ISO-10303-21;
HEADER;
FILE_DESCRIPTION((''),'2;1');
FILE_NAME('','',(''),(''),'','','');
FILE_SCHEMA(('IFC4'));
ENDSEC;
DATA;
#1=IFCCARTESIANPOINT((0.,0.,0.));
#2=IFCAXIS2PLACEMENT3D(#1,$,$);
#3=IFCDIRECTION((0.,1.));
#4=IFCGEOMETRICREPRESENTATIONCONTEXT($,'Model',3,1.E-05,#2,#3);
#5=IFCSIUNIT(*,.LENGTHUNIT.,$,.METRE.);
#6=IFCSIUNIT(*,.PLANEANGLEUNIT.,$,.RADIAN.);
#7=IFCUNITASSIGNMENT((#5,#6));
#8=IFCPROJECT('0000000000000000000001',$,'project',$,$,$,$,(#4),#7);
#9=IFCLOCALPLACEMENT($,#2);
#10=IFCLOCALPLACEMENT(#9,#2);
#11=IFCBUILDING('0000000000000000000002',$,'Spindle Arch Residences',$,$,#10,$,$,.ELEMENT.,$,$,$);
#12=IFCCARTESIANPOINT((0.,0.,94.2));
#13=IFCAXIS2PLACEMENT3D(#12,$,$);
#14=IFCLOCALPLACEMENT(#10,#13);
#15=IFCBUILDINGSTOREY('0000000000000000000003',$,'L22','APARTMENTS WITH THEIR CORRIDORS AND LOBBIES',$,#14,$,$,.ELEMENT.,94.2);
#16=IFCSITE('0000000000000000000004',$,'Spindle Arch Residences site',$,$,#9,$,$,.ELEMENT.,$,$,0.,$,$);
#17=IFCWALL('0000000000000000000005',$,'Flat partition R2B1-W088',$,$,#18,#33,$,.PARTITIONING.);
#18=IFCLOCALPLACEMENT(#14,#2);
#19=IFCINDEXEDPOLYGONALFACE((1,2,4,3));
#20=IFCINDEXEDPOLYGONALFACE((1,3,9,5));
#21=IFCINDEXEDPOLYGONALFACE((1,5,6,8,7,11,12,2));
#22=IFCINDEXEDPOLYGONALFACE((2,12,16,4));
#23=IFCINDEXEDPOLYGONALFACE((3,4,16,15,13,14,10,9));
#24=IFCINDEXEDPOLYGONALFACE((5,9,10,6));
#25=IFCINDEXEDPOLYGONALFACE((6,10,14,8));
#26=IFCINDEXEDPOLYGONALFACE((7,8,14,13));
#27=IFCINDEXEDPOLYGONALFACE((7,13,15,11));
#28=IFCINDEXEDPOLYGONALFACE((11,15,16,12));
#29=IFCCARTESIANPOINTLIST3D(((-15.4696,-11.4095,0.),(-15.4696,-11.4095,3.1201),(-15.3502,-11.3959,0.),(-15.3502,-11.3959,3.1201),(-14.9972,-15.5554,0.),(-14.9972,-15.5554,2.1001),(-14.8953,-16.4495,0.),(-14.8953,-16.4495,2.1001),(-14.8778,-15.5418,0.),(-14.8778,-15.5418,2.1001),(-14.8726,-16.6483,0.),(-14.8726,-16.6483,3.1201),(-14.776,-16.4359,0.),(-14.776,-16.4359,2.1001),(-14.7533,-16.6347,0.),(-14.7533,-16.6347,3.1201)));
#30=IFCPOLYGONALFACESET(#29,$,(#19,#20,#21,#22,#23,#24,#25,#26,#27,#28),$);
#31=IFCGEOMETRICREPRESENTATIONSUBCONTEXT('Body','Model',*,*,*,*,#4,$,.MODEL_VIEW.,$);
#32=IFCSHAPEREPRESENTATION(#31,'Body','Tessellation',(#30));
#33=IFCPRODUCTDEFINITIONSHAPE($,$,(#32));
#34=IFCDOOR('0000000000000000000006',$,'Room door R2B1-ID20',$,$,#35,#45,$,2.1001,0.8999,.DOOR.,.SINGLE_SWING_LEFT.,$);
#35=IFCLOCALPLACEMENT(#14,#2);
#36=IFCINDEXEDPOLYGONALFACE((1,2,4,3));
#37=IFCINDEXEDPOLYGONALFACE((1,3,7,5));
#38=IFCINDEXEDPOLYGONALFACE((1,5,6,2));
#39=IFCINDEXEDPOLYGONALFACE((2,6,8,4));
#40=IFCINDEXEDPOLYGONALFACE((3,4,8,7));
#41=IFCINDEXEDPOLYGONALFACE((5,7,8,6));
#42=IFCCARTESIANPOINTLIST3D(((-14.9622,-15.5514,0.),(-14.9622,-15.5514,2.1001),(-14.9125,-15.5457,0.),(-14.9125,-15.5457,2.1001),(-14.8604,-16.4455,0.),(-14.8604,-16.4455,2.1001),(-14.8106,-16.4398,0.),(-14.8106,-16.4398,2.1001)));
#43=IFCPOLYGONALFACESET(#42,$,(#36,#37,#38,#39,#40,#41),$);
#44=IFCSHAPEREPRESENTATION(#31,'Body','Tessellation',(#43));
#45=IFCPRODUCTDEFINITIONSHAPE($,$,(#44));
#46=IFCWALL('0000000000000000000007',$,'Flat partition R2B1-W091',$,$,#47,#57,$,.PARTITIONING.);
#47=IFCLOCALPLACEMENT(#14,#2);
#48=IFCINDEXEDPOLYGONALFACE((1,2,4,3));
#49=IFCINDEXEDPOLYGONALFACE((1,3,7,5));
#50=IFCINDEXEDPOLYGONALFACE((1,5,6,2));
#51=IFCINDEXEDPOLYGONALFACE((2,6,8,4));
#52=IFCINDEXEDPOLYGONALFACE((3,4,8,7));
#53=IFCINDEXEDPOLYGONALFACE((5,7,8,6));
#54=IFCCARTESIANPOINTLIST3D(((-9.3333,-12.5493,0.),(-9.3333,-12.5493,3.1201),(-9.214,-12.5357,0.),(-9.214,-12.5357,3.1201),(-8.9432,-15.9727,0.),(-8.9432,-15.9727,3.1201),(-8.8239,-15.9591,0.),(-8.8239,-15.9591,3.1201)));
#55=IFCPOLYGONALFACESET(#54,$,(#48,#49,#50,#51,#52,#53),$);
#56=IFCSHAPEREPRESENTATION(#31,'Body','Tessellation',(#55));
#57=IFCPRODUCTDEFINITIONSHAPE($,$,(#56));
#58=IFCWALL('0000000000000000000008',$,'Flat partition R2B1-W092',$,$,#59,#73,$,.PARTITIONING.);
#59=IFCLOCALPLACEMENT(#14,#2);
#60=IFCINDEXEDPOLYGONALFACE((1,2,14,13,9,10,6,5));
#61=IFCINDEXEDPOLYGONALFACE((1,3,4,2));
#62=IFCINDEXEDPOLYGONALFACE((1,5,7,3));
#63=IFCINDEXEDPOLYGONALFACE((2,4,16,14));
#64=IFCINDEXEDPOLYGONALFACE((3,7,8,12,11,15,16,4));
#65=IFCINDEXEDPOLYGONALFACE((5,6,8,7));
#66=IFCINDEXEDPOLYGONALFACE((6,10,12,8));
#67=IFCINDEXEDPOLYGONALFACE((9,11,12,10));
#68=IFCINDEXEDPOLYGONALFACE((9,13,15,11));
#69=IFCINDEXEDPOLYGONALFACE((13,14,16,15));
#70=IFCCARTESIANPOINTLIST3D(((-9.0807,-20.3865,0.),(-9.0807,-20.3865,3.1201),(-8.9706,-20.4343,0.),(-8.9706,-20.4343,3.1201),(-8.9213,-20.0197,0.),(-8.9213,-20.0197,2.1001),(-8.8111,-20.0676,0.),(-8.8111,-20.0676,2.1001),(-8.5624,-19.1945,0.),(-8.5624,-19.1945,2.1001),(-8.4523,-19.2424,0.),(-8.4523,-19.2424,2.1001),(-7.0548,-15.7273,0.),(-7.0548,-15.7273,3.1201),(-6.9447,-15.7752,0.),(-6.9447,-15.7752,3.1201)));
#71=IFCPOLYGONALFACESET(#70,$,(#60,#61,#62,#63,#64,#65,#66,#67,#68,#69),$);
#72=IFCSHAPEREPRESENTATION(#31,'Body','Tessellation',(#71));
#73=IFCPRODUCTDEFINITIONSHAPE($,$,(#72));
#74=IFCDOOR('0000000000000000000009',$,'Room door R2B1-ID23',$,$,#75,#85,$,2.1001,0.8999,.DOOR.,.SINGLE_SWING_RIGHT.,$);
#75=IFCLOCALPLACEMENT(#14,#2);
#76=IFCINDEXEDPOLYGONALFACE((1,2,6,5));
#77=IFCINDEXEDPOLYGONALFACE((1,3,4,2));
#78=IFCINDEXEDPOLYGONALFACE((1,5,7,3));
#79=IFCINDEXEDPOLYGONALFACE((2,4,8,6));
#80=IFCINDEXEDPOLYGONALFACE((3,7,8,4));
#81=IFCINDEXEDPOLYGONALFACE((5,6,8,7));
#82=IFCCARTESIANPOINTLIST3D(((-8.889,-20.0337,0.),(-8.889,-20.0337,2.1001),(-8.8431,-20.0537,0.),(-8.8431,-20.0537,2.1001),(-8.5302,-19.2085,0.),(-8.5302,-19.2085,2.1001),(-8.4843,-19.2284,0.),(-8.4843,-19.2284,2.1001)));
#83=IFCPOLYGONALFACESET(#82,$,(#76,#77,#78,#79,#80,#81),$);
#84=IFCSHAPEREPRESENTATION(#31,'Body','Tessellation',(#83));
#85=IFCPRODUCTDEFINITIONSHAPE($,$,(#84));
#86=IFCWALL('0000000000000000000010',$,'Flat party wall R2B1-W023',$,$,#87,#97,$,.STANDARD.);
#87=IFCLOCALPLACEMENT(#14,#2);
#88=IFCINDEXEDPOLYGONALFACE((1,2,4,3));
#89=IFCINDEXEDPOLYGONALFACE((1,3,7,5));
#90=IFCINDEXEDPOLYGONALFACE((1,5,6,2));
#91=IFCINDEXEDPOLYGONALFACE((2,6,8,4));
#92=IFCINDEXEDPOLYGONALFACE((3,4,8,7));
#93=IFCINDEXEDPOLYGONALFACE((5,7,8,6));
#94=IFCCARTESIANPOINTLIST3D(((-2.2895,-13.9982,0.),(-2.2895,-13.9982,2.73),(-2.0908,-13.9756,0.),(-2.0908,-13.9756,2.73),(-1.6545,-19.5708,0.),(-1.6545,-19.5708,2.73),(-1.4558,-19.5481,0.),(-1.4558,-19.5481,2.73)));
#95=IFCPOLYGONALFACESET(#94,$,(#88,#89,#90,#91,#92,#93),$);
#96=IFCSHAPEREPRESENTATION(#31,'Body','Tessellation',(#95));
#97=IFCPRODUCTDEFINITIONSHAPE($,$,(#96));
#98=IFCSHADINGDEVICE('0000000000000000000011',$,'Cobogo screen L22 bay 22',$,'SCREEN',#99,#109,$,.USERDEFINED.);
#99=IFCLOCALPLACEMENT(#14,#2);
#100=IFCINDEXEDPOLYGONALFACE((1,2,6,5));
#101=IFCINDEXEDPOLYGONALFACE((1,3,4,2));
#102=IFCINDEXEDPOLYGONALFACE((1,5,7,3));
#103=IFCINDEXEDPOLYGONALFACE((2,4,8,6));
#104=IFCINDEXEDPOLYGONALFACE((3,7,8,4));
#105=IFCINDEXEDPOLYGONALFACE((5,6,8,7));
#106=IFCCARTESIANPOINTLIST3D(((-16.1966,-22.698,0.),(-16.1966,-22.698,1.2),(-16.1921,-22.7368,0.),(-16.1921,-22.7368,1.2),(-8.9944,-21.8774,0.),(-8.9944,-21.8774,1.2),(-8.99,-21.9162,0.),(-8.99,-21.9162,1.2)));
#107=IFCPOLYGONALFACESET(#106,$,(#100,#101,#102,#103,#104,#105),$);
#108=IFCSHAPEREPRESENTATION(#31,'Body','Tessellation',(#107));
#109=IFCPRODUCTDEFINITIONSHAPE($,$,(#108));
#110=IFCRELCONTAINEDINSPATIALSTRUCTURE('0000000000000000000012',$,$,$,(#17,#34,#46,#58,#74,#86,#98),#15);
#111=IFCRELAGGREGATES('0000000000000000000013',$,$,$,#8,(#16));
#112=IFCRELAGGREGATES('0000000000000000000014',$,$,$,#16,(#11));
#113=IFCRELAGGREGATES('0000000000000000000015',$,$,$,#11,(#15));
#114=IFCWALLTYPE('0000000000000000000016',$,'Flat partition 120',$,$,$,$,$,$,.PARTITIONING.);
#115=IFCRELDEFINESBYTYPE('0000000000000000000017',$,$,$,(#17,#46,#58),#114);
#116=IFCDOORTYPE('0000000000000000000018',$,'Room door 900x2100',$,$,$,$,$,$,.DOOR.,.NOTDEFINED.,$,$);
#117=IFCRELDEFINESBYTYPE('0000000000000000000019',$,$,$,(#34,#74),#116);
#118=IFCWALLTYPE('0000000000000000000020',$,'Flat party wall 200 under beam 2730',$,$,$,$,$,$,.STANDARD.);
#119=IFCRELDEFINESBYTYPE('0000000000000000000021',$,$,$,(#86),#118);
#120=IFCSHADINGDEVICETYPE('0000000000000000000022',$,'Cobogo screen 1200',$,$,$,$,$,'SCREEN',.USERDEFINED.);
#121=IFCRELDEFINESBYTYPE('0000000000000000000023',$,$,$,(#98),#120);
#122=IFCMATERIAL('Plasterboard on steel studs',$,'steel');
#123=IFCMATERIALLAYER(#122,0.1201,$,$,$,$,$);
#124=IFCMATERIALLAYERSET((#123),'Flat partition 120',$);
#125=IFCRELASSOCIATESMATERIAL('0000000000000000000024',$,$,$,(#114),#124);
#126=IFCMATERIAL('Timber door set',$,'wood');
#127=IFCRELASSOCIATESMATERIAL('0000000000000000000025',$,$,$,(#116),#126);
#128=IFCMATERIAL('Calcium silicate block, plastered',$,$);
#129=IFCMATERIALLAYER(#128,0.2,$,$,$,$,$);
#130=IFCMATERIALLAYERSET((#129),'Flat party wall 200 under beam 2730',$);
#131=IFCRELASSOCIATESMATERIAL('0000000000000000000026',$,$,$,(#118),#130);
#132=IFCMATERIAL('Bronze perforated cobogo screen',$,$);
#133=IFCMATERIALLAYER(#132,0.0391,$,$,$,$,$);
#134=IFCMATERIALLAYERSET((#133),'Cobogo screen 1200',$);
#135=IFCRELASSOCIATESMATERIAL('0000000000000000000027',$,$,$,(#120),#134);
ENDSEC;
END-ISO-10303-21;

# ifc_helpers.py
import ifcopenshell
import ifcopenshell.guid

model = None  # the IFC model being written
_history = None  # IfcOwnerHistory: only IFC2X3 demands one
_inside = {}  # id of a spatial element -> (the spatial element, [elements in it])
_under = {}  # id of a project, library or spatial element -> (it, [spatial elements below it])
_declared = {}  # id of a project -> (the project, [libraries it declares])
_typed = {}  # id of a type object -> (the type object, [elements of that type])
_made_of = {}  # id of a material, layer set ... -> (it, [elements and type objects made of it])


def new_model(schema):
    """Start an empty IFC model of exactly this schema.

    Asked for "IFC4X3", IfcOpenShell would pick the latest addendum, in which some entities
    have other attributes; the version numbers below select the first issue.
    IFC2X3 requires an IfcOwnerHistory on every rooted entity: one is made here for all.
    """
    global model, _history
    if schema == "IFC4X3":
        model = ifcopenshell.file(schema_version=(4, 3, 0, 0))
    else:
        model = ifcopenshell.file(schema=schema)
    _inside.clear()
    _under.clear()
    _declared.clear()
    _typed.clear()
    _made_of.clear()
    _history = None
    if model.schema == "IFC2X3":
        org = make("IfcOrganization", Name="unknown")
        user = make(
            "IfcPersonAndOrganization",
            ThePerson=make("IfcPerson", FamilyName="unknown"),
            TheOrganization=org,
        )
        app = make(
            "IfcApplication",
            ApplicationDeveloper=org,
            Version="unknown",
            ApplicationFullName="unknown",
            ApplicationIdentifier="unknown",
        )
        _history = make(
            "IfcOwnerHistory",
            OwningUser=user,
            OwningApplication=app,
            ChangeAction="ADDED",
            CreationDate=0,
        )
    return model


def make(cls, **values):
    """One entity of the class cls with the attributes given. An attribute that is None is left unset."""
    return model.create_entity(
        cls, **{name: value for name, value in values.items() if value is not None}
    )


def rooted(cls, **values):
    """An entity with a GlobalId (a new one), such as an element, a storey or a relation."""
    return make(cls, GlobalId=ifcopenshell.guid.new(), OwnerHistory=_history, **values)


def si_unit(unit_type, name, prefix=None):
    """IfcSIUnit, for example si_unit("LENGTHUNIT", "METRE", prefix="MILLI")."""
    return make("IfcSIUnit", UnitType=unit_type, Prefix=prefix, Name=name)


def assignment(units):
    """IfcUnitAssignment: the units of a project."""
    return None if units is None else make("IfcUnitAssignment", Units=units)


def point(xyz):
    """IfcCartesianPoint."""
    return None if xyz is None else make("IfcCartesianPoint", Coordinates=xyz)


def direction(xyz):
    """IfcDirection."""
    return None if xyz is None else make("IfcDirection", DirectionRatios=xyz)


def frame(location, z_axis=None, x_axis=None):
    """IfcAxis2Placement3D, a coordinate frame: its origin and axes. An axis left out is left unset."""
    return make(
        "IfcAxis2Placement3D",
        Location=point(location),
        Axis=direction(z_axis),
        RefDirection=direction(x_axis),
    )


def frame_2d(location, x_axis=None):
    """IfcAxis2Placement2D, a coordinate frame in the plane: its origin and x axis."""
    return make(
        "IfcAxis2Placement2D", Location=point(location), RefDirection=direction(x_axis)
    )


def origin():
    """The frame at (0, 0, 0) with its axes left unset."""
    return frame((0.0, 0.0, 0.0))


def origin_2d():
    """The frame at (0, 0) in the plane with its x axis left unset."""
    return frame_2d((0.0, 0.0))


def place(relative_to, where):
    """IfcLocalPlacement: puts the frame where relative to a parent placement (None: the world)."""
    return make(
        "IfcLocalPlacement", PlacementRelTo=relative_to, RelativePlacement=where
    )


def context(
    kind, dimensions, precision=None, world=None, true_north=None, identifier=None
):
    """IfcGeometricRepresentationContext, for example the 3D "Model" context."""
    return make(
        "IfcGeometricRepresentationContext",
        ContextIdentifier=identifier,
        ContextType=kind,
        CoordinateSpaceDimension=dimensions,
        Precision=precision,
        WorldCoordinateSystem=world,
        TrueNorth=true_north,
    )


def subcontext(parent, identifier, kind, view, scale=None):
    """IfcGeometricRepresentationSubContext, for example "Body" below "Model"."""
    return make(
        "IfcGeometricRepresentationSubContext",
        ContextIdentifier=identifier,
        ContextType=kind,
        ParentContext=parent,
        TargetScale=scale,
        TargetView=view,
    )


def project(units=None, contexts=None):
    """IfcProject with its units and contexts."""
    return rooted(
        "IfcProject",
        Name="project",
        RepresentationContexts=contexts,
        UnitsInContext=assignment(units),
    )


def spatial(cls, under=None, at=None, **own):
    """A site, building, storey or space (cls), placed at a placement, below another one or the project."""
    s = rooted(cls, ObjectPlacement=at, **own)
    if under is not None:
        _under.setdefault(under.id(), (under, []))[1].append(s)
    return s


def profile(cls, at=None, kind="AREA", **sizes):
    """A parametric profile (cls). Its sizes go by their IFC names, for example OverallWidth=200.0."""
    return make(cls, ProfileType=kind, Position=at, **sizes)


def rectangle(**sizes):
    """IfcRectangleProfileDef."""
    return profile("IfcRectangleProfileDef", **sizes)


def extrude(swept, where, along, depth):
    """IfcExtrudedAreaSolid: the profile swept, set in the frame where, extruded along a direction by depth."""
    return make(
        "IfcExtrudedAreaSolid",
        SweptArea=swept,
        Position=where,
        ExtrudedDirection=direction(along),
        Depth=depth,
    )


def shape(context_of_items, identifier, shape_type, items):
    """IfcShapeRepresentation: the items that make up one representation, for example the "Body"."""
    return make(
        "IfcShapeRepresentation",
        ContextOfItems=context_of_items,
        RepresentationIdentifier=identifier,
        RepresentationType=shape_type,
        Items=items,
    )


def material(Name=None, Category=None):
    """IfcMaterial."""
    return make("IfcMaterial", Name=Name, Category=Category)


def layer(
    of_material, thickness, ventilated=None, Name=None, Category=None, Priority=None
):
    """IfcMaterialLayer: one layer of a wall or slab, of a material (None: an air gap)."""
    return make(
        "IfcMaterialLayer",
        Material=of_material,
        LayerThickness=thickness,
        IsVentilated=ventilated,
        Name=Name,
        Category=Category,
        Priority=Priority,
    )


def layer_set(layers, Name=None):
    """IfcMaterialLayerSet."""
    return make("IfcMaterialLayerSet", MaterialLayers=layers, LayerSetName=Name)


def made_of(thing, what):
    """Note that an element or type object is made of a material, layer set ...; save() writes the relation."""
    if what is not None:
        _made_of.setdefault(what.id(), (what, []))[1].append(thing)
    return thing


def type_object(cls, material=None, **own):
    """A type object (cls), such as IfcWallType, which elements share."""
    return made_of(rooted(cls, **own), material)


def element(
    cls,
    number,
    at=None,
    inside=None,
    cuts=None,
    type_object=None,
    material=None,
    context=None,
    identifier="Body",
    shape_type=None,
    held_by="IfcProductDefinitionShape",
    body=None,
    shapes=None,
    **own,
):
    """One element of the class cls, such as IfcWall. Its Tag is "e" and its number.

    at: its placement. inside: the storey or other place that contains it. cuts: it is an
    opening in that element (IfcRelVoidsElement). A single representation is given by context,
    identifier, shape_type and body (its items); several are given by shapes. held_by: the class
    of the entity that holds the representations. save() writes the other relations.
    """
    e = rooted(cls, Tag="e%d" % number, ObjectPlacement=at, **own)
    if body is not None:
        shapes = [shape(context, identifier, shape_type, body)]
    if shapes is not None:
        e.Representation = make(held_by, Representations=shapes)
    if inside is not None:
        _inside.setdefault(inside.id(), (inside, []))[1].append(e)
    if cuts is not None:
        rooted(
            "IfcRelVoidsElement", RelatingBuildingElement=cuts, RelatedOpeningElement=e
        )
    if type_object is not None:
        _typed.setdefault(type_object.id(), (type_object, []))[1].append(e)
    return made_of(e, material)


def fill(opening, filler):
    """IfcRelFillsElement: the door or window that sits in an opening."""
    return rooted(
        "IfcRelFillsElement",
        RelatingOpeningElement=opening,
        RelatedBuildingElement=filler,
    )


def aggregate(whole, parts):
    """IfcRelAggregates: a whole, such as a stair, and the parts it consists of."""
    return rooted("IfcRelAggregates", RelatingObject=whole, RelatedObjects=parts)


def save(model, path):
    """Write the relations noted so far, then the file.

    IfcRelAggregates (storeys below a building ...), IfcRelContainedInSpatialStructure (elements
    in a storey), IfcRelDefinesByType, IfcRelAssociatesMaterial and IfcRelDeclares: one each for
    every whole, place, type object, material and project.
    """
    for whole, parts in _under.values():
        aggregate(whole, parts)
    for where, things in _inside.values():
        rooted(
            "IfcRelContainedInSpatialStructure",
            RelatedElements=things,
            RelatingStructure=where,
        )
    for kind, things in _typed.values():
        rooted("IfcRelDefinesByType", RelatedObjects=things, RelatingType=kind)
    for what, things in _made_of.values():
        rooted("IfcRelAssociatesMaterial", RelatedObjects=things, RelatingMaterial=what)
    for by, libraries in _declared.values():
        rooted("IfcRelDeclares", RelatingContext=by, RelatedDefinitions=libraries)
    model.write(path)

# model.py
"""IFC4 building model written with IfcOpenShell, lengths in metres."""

from ifc_helpers import new_model, si_unit, direction, frame, frame_2d, origin, origin_2d, place, context, subcontext, project, spatial, rectangle, extrude, material, layer, layer_set, type_object, element, fill, save


model = new_model("IFC4")

# Units and contexts
model_context = context("Model", 3, precision=1e-05, world=origin(), true_north=direction((0.0, 1.0)))
body_context = subcontext(model_context, "Body", "Model", "MODEL_VIEW")
ifc_project = project(units=[si_unit("LENGTHUNIT", "METRE"), si_unit("PLANEANGLEUNIT", "RADIAN")], contexts=[model_context])

# Site, building, storey
site_placement = place(None, origin())
site = spatial("IfcSite", under=ifc_project, at=site_placement, Name="Spindle Arch Residences site", CompositionType="ELEMENT", RefElevation=0.0)
building_placement = place(site_placement, origin())
building = spatial("IfcBuilding", under=site, at=building_placement, Name="Spindle Arch Residences", CompositionType="ELEMENT")
storey_placement = place(building_placement, frame((0.0, 0.0, 94.2)))
storey = spatial("IfcBuildingStorey", under=building, at=storey_placement, Name="L22", Description="APARTMENTS WITH THEIR CORRIDORS AND LOBBIES", CompositionType="ELEMENT", Elevation=94.2)

# Wall, opening, door
ifc_material_1 = material(Name="Plasterboard on steel studs", Category="steel")
ifc_layer_1 = layer(ifc_material_1, 0.1201)
ifc_layer_set_1 = layer_set([ifc_layer_1], Name="Flat partition 120")
wall_type_1 = type_object("IfcWallType", Name="Flat partition 120", PredefinedType="PARTITIONING", material=ifc_layer_set_1)
wall_1_placement = place(storey_placement, frame((-14.813, -16.6414, 0.0), z_axis=(0.0, 0.0, 1.0), x_axis=(-0.113211, 0.993571, 0.0)))
wall_1 = element("IfcWall", 1, at=wall_1_placement, inside=storey, type_object=wall_type_1, Name="Flat partition R2B1-W088", PredefinedType="PARTITIONING", context=body_context, shape_type="SweptSolid", body=[
    extrude(rectangle(XDim=5.2727, YDim=0.1201, at=frame_2d((2.6362, 0.0))), origin(), (0.0, 0.0, 1.0), 3.1201),
])
opening_1_placement = place(wall_1_placement, frame((0.2, 0.0, 0.0)))
opening_1 = element("IfcOpeningElement", 2, at=opening_1_placement, cuts=wall_1, PredefinedType="OPENING", context=body_context, shape_type="SweptSolid", body=[
    extrude(rectangle(XDim=0.8999, YDim=2.1001, at=frame_2d((0.45, 1.05))), frame((0.0, 0.0701, 0.0), z_axis=(0.0, -1.0, 0.0), x_axis=(1.0, 0.0, 0.0)), (0.0, 0.0, 1.0), 0.1401),
])
ifc_material_2 = material(Name="Timber door set", Category="wood")
door_type_1 = type_object("IfcDoorType", Name="Room door 900x2100", OperationType="NOTDEFINED", PredefinedType="DOOR", material=ifc_material_2)
door_1_placement = place(opening_1_placement, origin())
door_1 = element("IfcDoor", 3, at=door_1_placement, inside=storey, type_object=door_type_1, Name="Room door R2B1-ID20", OperationType="SINGLE_SWING_LEFT", OverallHeight=2.1001, OverallWidth=0.8999, PredefinedType="DOOR", context=body_context, shape_type="SweptSolid", body=[
    extrude(rectangle(XDim=0.8999, YDim=2.1001, at=frame_2d((0.45, 1.05))), frame((0.0, 0.0249, 0.0), z_axis=(0.0, -1.0, 0.0), x_axis=(1.0, 0.0, 0.0)), (0.0, 0.0, 1.0), 0.05),
])
fill(opening_1, door_1)

# Wall
wall_2_placement = place(storey_placement, frame((-8.8835, -15.9658, 0.0), z_axis=(0.0, 0.0, 1.0), x_axis=(-0.113231, 0.993569, 0.0)))
element("IfcWall", 4, at=wall_2_placement, inside=storey, type_object=wall_type_1, Name="Flat partition R2B1-W091", PredefinedType="PARTITIONING", context=body_context, shape_type="SweptSolid", body=[
    extrude(rectangle(XDim=3.4456, YDim=0.1201, at=frame_2d((1.7227, 0.0))), origin(), (0.0, 0.0, 1.0), 3.1201),
])

# Wall, opening, door
wall_3_placement = place(storey_placement, frame((-9.0256, -20.4104, 0.0), z_axis=(0.0, 0.0, 1.0), x_axis=(0.398751, 0.917059, 0.0)))
wall_3 = element("IfcWall", 5, at=wall_3_placement, inside=storey, type_object=wall_type_1, Name="Flat partition R2B1-W092", PredefinedType="PARTITIONING", context=body_context, shape_type="SweptSolid", body=[
    extrude(rectangle(XDim=5.0806, YDim=0.1201, at=frame_2d((2.5403, 0.0))), origin(), (0.0, 0.0, 1.0), 3.1201),
])
opening_2_placement = place(wall_3_placement, frame((0.3999, 0.0, 0.0)))
opening_2 = element("IfcOpeningElement", 6, at=opening_2_placement, cuts=wall_3, PredefinedType="OPENING", context=body_context, shape_type="SweptSolid", body=[
    extrude(rectangle(XDim=0.8999, YDim=2.1001, at=frame_2d((0.45, 1.05))), frame((0.0, 0.0701, 0.0), z_axis=(0.0, -1.0, 0.0), x_axis=(1.0, 0.0, 0.0)), (0.0, 0.0, 1.0), 0.1401),
])
door_2_placement = place(opening_2_placement, origin())
door_2 = element("IfcDoor", 7, at=door_2_placement, inside=storey, type_object=door_type_1, Name="Room door R2B1-ID23", OperationType="SINGLE_SWING_RIGHT", OverallHeight=2.1001, OverallWidth=0.8999, PredefinedType="DOOR", context=body_context, shape_type="SweptSolid", body=[
    extrude(rectangle(XDim=0.8999, YDim=2.1001, at=frame_2d((0.45, 1.05))), frame((0.0, 0.0249, 0.0), z_axis=(0.0, -1.0, 0.0), x_axis=(1.0, 0.0, 0.0)), (0.0, 0.0, 1.0), 0.05),
])
fill(opening_2, door_2)

# Wall
ifc_material_3 = material(Name="Calcium silicate block, plastered")
ifc_layer_2 = layer(ifc_material_3, 0.2)
ifc_layer_set_2 = layer_set([ifc_layer_2], Name="Flat party wall 200 under beam 2730")
wall_type_2 = type_object("IfcWallType", Name="Flat party wall 200 under beam 2730", PredefinedType="STANDARD", material=ifc_layer_set_2)
wall_4_placement = place(storey_placement, frame((-1.5552, -19.5593, 0.0), z_axis=(0.0, 0.0, 1.0), x_axis=(-0.113221, 0.99357, 0.0)))
element("IfcWall", 8, at=wall_4_placement, inside=storey, type_object=wall_type_2, Name="Flat party wall R2B1-W023", PredefinedType="STANDARD", context=body_context, shape_type="SweptSolid", body=[
    extrude(rectangle(XDim=5.6086, YDim=0.2, at=frame_2d((2.8042, 0.0))), origin(), (0.0, 0.0, 1.0), 2.73),
])

# Shading device
ifc_material_4 = material(Name="Bronze perforated cobogo screen")
ifc_layer_3 = layer(ifc_material_4, 0.0391)
ifc_layer_set_3 = layer_set([ifc_layer_3], Name="Cobogo screen 1200")
shading_device_type = type_object("IfcShadingDeviceType", Name="Cobogo screen 1200", ElementType="SCREEN", PredefinedType="USERDEFINED", material=ifc_layer_set_3)
shading_device_placement = place(storey_placement, frame((-12.5933, -22.3071, 0.0), z_axis=(0.0, 0.0, 1.0), x_axis=(0.993572, 0.113203, 0.0)))
element("IfcShadingDevice", 9, at=shading_device_placement, inside=storey, type_object=shading_device_type, Name="Cobogo screen L22 bay 22", ObjectType="SCREEN", PredefinedType="USERDEFINED", context=body_context, shape_type="SweptSolid", body=[
    extrude(rectangle(XDim=7.2488, YDim=0.0391, at=origin_2d()), origin(), (0.0, 0.0, 1.0), 1.2),
])

save(model, "model.ifc")
